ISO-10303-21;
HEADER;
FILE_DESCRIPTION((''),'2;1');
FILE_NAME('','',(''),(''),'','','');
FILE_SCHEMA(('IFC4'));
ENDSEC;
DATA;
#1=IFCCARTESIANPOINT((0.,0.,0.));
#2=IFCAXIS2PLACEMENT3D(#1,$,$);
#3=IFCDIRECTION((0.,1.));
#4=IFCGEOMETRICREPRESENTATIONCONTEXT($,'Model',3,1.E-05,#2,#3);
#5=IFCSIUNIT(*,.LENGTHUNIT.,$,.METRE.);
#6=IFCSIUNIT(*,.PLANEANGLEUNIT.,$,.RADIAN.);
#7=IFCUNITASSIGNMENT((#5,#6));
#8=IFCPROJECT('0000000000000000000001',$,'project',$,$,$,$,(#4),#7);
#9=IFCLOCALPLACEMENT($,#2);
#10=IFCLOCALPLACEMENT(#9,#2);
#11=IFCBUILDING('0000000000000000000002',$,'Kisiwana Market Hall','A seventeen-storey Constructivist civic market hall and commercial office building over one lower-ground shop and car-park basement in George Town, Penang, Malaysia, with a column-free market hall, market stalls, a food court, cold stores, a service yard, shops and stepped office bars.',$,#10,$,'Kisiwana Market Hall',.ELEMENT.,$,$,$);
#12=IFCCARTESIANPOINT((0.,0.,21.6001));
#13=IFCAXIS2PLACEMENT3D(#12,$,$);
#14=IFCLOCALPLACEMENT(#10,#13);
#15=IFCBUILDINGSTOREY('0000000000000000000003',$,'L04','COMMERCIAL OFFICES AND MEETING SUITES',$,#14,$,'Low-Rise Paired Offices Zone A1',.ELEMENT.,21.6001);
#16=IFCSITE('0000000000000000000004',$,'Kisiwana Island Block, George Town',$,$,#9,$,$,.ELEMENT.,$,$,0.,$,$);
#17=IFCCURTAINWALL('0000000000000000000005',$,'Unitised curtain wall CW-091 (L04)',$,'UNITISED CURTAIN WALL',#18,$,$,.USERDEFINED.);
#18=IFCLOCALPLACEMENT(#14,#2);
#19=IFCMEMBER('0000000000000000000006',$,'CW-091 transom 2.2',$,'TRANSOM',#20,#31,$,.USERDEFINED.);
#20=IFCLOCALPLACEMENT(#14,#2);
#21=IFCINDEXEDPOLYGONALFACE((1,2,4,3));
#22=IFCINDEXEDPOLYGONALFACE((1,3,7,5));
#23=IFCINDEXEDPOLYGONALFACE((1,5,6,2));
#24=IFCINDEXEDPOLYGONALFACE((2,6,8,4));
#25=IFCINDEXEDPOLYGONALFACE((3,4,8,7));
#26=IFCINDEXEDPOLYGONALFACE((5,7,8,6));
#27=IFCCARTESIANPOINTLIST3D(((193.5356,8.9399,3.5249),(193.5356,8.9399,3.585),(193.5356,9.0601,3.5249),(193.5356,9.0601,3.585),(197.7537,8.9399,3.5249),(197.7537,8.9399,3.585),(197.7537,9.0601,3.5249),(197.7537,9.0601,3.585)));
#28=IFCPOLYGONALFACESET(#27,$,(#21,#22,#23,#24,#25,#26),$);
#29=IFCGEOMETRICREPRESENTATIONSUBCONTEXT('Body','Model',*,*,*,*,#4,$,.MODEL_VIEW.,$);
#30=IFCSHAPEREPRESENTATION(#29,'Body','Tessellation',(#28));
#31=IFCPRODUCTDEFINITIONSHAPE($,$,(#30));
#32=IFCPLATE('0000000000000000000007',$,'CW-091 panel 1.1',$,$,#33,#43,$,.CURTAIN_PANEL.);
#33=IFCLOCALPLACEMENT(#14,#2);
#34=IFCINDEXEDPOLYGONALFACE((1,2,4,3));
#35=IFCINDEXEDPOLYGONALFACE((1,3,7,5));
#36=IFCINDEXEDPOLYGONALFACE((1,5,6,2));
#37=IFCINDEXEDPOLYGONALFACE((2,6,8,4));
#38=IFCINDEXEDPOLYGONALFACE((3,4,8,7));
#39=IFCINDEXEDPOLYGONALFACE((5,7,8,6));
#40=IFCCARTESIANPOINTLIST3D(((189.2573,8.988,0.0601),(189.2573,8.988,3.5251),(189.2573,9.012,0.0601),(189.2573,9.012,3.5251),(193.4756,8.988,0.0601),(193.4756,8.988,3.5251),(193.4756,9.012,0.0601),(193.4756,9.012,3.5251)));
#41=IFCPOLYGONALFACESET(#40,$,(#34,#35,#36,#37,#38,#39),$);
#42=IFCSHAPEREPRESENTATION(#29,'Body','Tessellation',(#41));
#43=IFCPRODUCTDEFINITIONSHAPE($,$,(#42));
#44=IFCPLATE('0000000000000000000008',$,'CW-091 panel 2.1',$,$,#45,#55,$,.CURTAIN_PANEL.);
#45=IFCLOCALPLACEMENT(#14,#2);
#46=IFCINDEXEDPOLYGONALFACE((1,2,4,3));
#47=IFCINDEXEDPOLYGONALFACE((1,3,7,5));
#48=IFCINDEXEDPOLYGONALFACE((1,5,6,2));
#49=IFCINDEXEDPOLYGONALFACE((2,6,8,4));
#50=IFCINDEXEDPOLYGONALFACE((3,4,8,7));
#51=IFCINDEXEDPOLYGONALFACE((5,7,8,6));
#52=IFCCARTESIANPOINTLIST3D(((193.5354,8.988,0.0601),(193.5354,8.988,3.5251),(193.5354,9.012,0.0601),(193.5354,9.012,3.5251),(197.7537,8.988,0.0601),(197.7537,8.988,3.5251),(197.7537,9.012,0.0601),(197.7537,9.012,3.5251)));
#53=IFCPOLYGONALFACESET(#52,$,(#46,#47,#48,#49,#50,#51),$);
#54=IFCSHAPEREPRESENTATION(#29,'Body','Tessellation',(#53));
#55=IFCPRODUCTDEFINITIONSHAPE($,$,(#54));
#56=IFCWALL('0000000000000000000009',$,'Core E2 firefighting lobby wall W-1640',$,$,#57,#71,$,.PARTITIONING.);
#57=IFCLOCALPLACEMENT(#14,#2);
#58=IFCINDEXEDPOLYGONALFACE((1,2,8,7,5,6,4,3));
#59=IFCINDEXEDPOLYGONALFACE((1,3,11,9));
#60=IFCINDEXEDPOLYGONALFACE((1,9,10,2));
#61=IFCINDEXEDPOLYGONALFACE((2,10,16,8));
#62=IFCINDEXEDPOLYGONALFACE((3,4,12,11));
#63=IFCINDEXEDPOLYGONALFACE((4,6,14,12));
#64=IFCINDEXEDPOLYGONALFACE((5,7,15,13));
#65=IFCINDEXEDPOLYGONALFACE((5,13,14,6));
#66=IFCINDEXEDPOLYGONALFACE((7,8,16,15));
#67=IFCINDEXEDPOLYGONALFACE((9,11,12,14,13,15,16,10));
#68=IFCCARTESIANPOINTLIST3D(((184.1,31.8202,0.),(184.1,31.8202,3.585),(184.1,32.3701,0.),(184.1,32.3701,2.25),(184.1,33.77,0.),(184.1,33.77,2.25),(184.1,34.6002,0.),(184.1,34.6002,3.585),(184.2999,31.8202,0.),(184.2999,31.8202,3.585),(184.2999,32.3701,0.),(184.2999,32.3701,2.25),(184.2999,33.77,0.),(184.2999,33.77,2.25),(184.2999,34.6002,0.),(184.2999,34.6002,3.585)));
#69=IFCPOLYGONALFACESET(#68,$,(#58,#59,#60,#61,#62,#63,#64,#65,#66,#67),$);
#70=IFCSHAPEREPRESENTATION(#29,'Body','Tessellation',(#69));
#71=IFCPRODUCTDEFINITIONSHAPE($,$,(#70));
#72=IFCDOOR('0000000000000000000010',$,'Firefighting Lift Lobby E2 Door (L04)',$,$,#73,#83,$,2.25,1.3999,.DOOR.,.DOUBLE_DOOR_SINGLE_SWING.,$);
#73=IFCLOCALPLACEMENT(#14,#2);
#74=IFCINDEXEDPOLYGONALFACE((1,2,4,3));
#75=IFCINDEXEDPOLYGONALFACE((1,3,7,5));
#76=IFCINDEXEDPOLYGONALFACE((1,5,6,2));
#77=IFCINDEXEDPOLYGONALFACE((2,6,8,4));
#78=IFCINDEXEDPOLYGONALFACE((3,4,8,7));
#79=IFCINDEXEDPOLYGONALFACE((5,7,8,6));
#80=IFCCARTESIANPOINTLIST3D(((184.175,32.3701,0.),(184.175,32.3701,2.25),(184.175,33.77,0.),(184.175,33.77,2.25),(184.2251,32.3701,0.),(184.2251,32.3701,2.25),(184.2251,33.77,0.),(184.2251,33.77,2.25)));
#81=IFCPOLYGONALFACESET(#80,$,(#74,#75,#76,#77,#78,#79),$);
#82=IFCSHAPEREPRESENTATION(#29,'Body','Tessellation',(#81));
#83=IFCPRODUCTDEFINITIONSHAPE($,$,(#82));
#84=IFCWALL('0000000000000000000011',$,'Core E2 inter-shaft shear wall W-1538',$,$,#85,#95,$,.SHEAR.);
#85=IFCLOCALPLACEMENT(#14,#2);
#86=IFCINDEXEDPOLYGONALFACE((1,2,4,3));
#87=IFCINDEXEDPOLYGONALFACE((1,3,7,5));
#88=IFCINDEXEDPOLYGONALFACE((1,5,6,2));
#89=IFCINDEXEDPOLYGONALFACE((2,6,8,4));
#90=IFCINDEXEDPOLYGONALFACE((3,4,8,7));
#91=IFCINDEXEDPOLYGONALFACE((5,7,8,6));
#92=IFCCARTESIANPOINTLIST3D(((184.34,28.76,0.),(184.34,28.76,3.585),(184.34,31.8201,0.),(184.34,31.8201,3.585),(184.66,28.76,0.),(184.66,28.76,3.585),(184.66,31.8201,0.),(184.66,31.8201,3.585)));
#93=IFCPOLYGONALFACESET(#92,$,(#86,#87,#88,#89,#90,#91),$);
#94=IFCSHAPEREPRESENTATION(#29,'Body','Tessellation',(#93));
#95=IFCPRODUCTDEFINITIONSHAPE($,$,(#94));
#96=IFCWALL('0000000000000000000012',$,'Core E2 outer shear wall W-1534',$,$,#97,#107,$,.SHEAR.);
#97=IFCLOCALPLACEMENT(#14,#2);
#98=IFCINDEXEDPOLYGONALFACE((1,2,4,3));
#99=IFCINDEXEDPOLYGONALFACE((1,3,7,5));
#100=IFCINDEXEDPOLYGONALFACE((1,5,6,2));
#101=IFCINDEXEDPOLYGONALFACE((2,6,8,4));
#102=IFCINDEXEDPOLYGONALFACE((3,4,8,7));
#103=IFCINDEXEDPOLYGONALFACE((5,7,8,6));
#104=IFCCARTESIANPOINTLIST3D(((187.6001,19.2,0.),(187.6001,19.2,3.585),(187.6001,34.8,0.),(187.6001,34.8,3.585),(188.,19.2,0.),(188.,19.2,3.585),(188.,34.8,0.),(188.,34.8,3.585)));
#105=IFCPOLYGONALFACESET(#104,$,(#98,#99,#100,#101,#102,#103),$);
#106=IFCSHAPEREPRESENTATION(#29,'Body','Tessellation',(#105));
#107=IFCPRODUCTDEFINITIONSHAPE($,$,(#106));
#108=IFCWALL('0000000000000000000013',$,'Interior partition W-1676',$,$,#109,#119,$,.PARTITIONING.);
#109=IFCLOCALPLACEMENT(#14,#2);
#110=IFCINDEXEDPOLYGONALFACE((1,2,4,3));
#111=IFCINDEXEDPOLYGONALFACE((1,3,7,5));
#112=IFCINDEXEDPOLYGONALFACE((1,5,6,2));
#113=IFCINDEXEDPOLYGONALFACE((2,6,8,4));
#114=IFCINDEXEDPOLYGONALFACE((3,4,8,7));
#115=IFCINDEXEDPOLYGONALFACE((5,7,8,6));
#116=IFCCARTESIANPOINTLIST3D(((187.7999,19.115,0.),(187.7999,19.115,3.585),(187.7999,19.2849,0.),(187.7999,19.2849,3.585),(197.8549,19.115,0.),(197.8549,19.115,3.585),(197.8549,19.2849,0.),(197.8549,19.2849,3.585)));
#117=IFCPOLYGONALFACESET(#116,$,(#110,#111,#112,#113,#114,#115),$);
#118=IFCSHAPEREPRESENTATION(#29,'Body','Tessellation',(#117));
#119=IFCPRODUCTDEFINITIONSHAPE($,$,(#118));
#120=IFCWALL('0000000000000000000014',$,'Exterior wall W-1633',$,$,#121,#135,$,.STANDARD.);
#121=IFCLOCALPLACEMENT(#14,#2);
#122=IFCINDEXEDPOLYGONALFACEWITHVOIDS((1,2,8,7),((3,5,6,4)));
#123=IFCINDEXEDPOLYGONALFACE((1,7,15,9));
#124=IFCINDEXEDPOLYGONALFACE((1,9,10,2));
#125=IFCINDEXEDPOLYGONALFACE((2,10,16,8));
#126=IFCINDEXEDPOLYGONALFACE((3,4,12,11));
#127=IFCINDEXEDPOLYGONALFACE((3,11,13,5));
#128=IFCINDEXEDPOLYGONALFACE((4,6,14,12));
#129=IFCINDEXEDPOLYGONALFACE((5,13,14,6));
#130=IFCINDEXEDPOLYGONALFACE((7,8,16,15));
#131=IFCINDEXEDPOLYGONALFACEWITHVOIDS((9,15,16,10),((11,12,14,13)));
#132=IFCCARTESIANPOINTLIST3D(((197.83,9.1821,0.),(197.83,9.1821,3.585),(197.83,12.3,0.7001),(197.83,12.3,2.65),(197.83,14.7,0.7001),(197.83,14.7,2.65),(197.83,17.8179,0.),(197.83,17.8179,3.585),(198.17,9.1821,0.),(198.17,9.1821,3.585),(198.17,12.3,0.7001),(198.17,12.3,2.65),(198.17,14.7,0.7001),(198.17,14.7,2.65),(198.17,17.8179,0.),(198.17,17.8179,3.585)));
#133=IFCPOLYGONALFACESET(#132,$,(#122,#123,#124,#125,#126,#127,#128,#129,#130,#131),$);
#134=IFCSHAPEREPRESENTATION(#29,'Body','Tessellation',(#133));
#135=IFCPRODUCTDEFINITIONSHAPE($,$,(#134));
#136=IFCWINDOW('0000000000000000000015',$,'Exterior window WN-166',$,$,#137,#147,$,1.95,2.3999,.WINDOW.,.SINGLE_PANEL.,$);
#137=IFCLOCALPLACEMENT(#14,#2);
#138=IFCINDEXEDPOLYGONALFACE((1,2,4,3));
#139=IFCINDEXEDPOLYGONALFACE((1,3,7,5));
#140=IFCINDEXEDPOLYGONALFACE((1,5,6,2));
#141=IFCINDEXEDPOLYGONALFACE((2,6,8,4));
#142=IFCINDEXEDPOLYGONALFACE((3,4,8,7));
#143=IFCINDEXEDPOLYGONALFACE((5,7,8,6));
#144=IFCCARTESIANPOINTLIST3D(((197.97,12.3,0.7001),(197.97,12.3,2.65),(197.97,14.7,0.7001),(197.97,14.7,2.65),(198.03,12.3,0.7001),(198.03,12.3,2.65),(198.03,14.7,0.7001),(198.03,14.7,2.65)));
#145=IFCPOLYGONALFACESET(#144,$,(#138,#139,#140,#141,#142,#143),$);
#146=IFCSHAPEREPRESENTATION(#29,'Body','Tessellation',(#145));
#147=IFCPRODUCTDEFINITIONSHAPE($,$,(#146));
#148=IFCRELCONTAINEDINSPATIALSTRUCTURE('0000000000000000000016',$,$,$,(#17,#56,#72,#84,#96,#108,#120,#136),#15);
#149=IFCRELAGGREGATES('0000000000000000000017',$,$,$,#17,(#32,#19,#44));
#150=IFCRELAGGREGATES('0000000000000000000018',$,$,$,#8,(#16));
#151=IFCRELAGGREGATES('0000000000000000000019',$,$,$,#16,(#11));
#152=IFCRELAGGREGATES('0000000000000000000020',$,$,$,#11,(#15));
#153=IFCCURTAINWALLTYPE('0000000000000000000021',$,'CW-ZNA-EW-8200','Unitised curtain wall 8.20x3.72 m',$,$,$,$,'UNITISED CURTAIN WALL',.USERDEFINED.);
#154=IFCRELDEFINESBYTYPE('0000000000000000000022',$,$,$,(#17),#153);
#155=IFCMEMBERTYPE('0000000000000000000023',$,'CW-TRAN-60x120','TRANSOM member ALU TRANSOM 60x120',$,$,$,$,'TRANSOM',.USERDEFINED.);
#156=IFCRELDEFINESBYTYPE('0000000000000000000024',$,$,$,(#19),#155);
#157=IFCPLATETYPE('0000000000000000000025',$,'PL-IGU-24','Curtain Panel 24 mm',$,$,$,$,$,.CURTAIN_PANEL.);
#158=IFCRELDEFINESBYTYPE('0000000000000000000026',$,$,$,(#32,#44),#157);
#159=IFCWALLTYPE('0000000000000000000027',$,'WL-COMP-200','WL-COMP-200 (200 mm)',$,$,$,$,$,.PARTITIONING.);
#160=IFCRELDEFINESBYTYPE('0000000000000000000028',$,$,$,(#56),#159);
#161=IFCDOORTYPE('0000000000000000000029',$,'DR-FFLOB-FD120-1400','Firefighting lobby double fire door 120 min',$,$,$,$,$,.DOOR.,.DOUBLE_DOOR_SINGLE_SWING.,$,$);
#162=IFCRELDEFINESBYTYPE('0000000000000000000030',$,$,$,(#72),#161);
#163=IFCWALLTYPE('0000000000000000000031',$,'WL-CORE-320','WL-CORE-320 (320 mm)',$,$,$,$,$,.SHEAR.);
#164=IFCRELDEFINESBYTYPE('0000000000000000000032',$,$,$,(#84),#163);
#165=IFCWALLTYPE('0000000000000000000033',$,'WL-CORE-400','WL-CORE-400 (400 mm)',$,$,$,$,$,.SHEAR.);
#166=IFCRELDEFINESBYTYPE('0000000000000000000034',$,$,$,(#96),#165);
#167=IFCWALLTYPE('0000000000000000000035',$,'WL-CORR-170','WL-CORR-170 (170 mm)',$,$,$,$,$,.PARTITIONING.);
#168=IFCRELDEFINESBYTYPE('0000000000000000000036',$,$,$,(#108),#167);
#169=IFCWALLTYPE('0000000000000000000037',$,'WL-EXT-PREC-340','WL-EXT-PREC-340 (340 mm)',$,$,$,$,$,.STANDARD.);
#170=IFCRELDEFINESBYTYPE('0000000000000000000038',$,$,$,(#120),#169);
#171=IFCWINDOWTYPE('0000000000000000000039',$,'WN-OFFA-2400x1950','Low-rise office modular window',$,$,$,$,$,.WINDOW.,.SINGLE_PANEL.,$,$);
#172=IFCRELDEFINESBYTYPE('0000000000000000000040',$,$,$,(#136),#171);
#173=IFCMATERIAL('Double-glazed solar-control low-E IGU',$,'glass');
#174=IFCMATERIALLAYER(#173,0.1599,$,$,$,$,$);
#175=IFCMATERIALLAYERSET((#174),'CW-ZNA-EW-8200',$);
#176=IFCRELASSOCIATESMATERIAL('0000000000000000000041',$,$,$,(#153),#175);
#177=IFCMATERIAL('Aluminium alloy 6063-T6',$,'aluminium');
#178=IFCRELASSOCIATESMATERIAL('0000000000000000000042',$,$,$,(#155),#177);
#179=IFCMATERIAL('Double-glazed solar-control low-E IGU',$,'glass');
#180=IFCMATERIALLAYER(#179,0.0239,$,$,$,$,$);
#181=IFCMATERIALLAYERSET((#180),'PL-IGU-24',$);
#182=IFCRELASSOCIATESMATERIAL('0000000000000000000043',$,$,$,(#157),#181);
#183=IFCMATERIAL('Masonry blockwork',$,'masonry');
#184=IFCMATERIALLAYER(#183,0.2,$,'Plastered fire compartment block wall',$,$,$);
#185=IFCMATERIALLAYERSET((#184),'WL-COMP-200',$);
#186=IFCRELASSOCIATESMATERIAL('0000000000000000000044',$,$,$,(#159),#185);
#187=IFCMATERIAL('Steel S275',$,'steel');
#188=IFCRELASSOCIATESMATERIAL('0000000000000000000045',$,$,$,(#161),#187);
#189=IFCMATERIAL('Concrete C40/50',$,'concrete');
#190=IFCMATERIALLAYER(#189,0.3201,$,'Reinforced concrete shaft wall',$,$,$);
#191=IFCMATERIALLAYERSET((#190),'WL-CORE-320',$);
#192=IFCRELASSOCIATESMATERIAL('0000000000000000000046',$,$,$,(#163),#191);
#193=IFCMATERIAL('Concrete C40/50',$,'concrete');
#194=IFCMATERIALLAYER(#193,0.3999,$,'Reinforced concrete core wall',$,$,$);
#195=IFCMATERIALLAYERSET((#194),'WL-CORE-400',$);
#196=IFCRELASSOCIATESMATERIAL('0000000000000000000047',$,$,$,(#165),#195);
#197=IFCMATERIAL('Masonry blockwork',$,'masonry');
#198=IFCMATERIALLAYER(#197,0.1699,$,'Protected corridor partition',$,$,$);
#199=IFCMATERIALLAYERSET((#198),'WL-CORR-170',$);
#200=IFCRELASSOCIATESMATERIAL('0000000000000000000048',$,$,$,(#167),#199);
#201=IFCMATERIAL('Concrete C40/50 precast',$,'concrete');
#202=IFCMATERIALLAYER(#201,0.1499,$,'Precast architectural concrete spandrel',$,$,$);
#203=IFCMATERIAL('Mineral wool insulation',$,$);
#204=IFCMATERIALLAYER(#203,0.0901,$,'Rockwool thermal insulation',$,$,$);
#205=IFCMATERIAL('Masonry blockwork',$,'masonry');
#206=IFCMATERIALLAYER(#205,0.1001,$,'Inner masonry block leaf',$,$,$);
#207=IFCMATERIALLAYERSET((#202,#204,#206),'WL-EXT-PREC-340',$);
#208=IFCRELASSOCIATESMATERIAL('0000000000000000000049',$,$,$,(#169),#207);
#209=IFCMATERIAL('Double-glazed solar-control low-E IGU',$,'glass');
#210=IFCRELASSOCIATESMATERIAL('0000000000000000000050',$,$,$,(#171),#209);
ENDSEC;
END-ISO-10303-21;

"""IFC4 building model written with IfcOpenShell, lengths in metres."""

from ifc_helpers import new_model, si_unit, direction, frame, frame_2d, origin, origin_2d, place, context, subcontext, project, spatial, rectangle, extrude, material, layer, layer_set, material_profile, profile_set, type_object, element, fill, aggregate, save


model = new_model("IFC4")

# Units and contexts
model_context = context("Model", 3, precision=1e-05, world=origin(), true_north=direction((0.0, 1.0)))
body_context = subcontext(model_context, "Body", "Model", "MODEL_VIEW")
ifc_project = project(units=[si_unit("LENGTHUNIT", "METRE"), si_unit("PLANEANGLEUNIT", "RADIAN")], contexts=[model_context])

# Site, building, storey
site_placement = place(None, origin())
site = spatial("IfcSite", under=ifc_project, at=site_placement, Name="Kisiwana Island Block, George Town", CompositionType="ELEMENT", RefElevation=0.0)
building_placement = place(site_placement, origin())
building = spatial("IfcBuilding", under=site, at=building_placement, Name="Kisiwana Market Hall", Description="A seventeen-storey Constructivist civic market hall and commercial office building over one lower-ground shop and car-park basement in George Town, Penang, Malaysia, with a column-free market hall, market stalls, a food court, cold stores, a service yard, shops and stepped office bars.", LongName="Kisiwana Market Hall", CompositionType="ELEMENT")
storey_placement = place(building_placement, frame((0.0, 0.0, 21.6001)))
storey = spatial("IfcBuildingStorey", under=building, at=storey_placement, Name="L04", Description="COMMERCIAL OFFICES AND MEETING SUITES", LongName="Low-Rise Paired Offices Zone A1", CompositionType="ELEMENT", Elevation=21.6001)

# Curtain wall, member, plates
ifc_material_1 = material(Name="Double-glazed solar-control low-E IGU", Category="glass")
ifc_layer_1 = layer(ifc_material_1, 0.1599)
ifc_layer_set_1 = layer_set([ifc_layer_1], Name="CW-ZNA-EW-8200")
curtain_wall_type = type_object("IfcCurtainWallType", Name="CW-ZNA-EW-8200", Description="Unitised curtain wall 8.20x3.72 m", ElementType="UNITISED CURTAIN WALL", PredefinedType="USERDEFINED", material=ifc_layer_set_1)
curtain_wall_placement = place(storey_placement, origin())
curtain_wall = element("IfcCurtainWall", 1, at=curtain_wall_placement, inside=storey, type_object=curtain_wall_type, Name="Unitised curtain wall CW-091 (L04)", ObjectType="UNITISED CURTAIN WALL", PredefinedType="USERDEFINED")
ifc_material_2 = material(Name="Aluminium alloy 6063-T6", Category="aluminium")
ifc_material_profile_1 = material_profile(ifc_material_2, rectangle(XDim=0.1201, YDim=0.0601, at=origin_2d()), Name="ALU TRANSOM 60x120")
ifc_profile_set_1 = profile_set([ifc_material_profile_1], Name="Aluminium alloy 6063-T6")
member_type_1 = type_object("IfcMemberType", Name="CW-TRAN-60x120", Description="TRANSOM member ALU TRANSOM 60x120", ElementType="TRANSOM", PredefinedType="USERDEFINED", material=ifc_profile_set_1)
member_1_placement = place(storey_placement, frame((193.5356, 9.0, 3.5549), z_axis=(1.0, 0.0, 0.0), x_axis=(0.0, 1.0, 0.0)))
member_1 = element("IfcMember", 2, at=member_1_placement, type_object=member_type_1, Name="CW-091 transom 2.2", ObjectType="TRANSOM", PredefinedType="USERDEFINED", context=body_context, shape_type="SweptSolid", body=[
    extrude(rectangle(XDim=0.1201, YDim=0.0601, at=origin_2d()), origin(), (0.0, 0.0, 1.0), 4.218),
])
ifc_material_3 = material(Name="Double-glazed solar-control low-E IGU", Category="glass")
ifc_layer_2 = layer(ifc_material_3, 0.0239)
ifc_layer_set_2 = layer_set([ifc_layer_2], Name="PL-IGU-24")
plate_type = type_object("IfcPlateType", Name="PL-IGU-24", Description="Curtain Panel 24 mm", PredefinedType="CURTAIN_PANEL", material=ifc_layer_set_2)
plate_1_placement = place(storey_placement, frame((191.3665, 9.0, 0.0601), z_axis=(0.0, 0.0, 1.0), x_axis=(1.0, 0.0, 0.0)))
plate_1 = element("IfcPlate", 3, at=plate_1_placement, type_object=plate_type, Name="CW-091 panel 1.1", PredefinedType="CURTAIN_PANEL", context=body_context, shape_type="SweptSolid", body=[
    extrude(rectangle(XDim=4.2183, YDim=0.0239, at=origin_2d()), origin(), (0.0, 0.0, 1.0), 3.4651),
])
plate_2_placement = place(storey_placement, frame((195.6445, 9.0, 0.0601), z_axis=(0.0, 0.0, 1.0), x_axis=(1.0, 0.0, 0.0)))
plate_2 = element("IfcPlate", 4, at=plate_2_placement, type_object=plate_type, Name="CW-091 panel 2.1", PredefinedType="CURTAIN_PANEL", context=body_context, shape_type="SweptSolid", body=[
    extrude(rectangle(XDim=4.2183, YDim=0.0239, at=origin_2d()), origin(), (0.0, 0.0, 1.0), 3.4651),
])
aggregate(curtain_wall, [plate_1, member_1, plate_2])

# Wall, opening, door
ifc_material_4 = material(Name="Masonry blockwork", Category="masonry")
ifc_layer_3 = layer(ifc_material_4, 0.2, Name="Plastered fire compartment block wall")
ifc_layer_set_3 = layer_set([ifc_layer_3], Name="WL-COMP-200")
wall_type_1 = type_object("IfcWallType", Name="WL-COMP-200", Description="WL-COMP-200 (200 mm)", PredefinedType="PARTITIONING", material=ifc_layer_set_3)
wall_1_placement = place(storey_placement, frame((184.2, 31.8201, 0.0), z_axis=(0.0, 0.0, 1.0), x_axis=(0.0, 1.0, 0.0)))
wall_1 = element("IfcWall", 5, at=wall_1_placement, inside=storey, type_object=wall_type_1, Name="Core E2 firefighting lobby wall W-1640", PredefinedType="PARTITIONING", context=body_context, shape_type="SweptSolid", body=[
    extrude(rectangle(XDim=2.78, YDim=0.2, at=frame_2d((1.3901, 0.0))), origin(), (0.0, 0.0, 1.0), 3.585),
])
opening_1_placement = place(wall_1_placement, frame((0.55, 0.0, 0.0)))
opening_1 = element("IfcOpeningElement", 6, at=opening_1_placement, cuts=wall_1, PredefinedType="OPENING", context=body_context, shape_type="SweptSolid", body=[
    extrude(rectangle(XDim=1.3999, YDim=2.25, at=frame_2d((0.7, 1.125))), frame((0.0, 0.1118, 0.0), z_axis=(0.0, -1.0, 0.0), x_axis=(1.0, 0.0, 0.0)), (0.0, 0.0, 1.0), 0.2239),
])
ifc_material_5 = material(Name="Steel S275", Category="steel")
door_type = type_object("IfcDoorType", Name="DR-FFLOB-FD120-1400", Description="Firefighting lobby double fire door 120 min", OperationType="DOUBLE_DOOR_SINGLE_SWING", PredefinedType="DOOR", material=ifc_material_5)
door_placement = place(opening_1_placement, origin())
door = element("IfcDoor", 7, at=door_placement, inside=storey, type_object=door_type, Name="Firefighting Lift Lobby E2 Door (L04)", OperationType="DOUBLE_DOOR_SINGLE_SWING", OverallHeight=2.25, OverallWidth=1.3999, PredefinedType="DOOR", context=body_context, shape_type="SweptSolid", body=[
    extrude(rectangle(XDim=1.3999, YDim=2.25, at=frame_2d((0.7, 1.125))), frame((0.0, 0.0249, 0.0), z_axis=(0.0, -1.0, 0.0), x_axis=(1.0, 0.0, 0.0)), (0.0, 0.0, 1.0), 0.05),
])
fill(opening_1, door)

# Walls
ifc_material_6 = material(Name="Concrete C40/50", Category="concrete")
ifc_layer_4 = layer(ifc_material_6, 0.3201, Name="Reinforced concrete shaft wall")
ifc_layer_set_4 = layer_set([ifc_layer_4], Name="WL-CORE-320")
wall_type_2 = type_object("IfcWallType", Name="WL-CORE-320", Description="WL-CORE-320 (320 mm)", PredefinedType="SHEAR", material=ifc_layer_set_4)
wall_2_placement = place(storey_placement, frame((184.5, 28.76, 0.0), z_axis=(0.0, 0.0, 1.0), x_axis=(0.0, 1.0, 0.0)))
element("IfcWall", 8, at=wall_2_placement, inside=storey, type_object=wall_type_2, Name="Core E2 inter-shaft shear wall W-1538", PredefinedType="SHEAR", context=body_context, shape_type="SweptSolid", body=[
    extrude(rectangle(XDim=3.0601, YDim=0.3201, at=frame_2d((1.53, 0.0))), origin(), (0.0, 0.0, 1.0), 3.585),
])
ifc_material_7 = material(Name="Concrete C40/50", Category="concrete")
ifc_layer_5 = layer(ifc_material_7, 0.3999, Name="Reinforced concrete core wall")
ifc_layer_set_5 = layer_set([ifc_layer_5], Name="WL-CORE-400")
wall_type_3 = type_object("IfcWallType", Name="WL-CORE-400", Description="WL-CORE-400 (400 mm)", PredefinedType="SHEAR", material=ifc_layer_set_5)
wall_3_placement = place(storey_placement, frame((187.8, 19.2, 0.0), z_axis=(0.0, 0.0, 1.0), x_axis=(0.0, 1.0, 0.0)))
element("IfcWall", 9, at=wall_3_placement, inside=storey, type_object=wall_type_3, Name="Core E2 outer shear wall W-1534", PredefinedType="SHEAR", context=body_context, shape_type="SweptSolid", body=[
    extrude(rectangle(XDim=15.6001, YDim=0.3999, at=frame_2d((7.8, 0.0))), origin(), (0.0, 0.0, 1.0), 3.585),
])
ifc_material_8 = material(Name="Masonry blockwork", Category="masonry")
ifc_layer_6 = layer(ifc_material_8, 0.1699, Name="Protected corridor partition")
ifc_layer_set_6 = layer_set([ifc_layer_6], Name="WL-CORR-170")
wall_type_4 = type_object("IfcWallType", Name="WL-CORR-170", Description="WL-CORR-170 (170 mm)", PredefinedType="PARTITIONING", material=ifc_layer_set_6)
wall_4_placement = place(storey_placement, frame((187.8, 19.2, 0.0), z_axis=(0.0, 0.0, 1.0), x_axis=(1.0, 0.0, 0.0)))
element("IfcWall", 10, at=wall_4_placement, inside=storey, type_object=wall_type_4, Name="Interior partition W-1676", PredefinedType="PARTITIONING", context=body_context, shape_type="SweptSolid", body=[
    extrude(rectangle(XDim=10.0549, YDim=0.1699, at=frame_2d((5.0273, 0.0))), origin(), (0.0, 0.0, 1.0), 3.585),
])

# Wall, opening, window
ifc_material_9 = material(Name="Concrete C40/50 precast", Category="concrete")
ifc_layer_7 = layer(ifc_material_9, 0.1499, Name="Precast architectural concrete spandrel")
ifc_material_10 = material(Name="Mineral wool insulation")
ifc_layer_8 = layer(ifc_material_10, 0.0901, Name="Rockwool thermal insulation")
ifc_material_11 = material(Name="Masonry blockwork", Category="masonry")
ifc_layer_9 = layer(ifc_material_11, 0.1001, Name="Inner masonry block leaf")
ifc_layer_set_7 = layer_set([ifc_layer_7, ifc_layer_8, ifc_layer_9], Name="WL-EXT-PREC-340")
wall_type_5 = type_object("IfcWallType", Name="WL-EXT-PREC-340", Description="WL-EXT-PREC-340 (340 mm)", PredefinedType="STANDARD", material=ifc_layer_set_7)
wall_5_placement = place(storey_placement, frame((198.0, 9.1821, 0.0), z_axis=(0.0, 0.0, 1.0), x_axis=(0.0, 1.0, 0.0)))
wall_5 = element("IfcWall", 11, at=wall_5_placement, inside=storey, type_object=wall_type_5, Name="Exterior wall W-1633", PredefinedType="STANDARD", context=body_context, shape_type="SweptSolid", body=[
    extrude(rectangle(XDim=8.6357, YDim=0.3401, at=frame_2d((4.3179, 0.0))), origin(), (0.0, 0.0, 1.0), 3.585),
])
opening_2_placement = place(wall_5_placement, frame((3.1179, 0.0, 0.7)))
opening_2 = element("IfcOpeningElement", 12, at=opening_2_placement, cuts=wall_5, PredefinedType="OPENING", context=body_context, shape_type="SweptSolid", body=[
    extrude(rectangle(XDim=2.3999, YDim=1.95, at=frame_2d((1.2, 0.9751))), frame((0.0, 0.1821, 0.0), z_axis=(0.0, -1.0, 0.0), x_axis=(1.0, 0.0, 0.0)), (0.0, 0.0, 1.0), 0.364),
])
ifc_material_12 = material(Name="Double-glazed solar-control low-E IGU", Category="glass")
window_type_1 = type_object("IfcWindowType", Name="WN-OFFA-2400x1950", Description="Low-rise office modular window", PartitioningType="SINGLE_PANEL", PredefinedType="WINDOW", material=ifc_material_12)
window_1_placement = place(opening_2_placement, origin())
window_1 = element("IfcWindow", 13, at=window_1_placement, inside=storey, type_object=window_type_1, Name="Exterior window WN-166", OverallHeight=1.95, OverallWidth=2.3999, PartitioningType="SINGLE_PANEL", PredefinedType="WINDOW", context=body_context, shape_type="SweptSolid", body=[
    extrude(rectangle(XDim=2.3999, YDim=1.95, at=frame_2d((1.2, 0.9751))), frame((0.0, 0.03, 0.0), z_axis=(0.0, -1.0, 0.0), x_axis=(1.0, 0.0, 0.0)), (0.0, 0.0, 1.0), 0.0601),
])
fill(opening_2, window_1)

save(model, "model.ifc")
